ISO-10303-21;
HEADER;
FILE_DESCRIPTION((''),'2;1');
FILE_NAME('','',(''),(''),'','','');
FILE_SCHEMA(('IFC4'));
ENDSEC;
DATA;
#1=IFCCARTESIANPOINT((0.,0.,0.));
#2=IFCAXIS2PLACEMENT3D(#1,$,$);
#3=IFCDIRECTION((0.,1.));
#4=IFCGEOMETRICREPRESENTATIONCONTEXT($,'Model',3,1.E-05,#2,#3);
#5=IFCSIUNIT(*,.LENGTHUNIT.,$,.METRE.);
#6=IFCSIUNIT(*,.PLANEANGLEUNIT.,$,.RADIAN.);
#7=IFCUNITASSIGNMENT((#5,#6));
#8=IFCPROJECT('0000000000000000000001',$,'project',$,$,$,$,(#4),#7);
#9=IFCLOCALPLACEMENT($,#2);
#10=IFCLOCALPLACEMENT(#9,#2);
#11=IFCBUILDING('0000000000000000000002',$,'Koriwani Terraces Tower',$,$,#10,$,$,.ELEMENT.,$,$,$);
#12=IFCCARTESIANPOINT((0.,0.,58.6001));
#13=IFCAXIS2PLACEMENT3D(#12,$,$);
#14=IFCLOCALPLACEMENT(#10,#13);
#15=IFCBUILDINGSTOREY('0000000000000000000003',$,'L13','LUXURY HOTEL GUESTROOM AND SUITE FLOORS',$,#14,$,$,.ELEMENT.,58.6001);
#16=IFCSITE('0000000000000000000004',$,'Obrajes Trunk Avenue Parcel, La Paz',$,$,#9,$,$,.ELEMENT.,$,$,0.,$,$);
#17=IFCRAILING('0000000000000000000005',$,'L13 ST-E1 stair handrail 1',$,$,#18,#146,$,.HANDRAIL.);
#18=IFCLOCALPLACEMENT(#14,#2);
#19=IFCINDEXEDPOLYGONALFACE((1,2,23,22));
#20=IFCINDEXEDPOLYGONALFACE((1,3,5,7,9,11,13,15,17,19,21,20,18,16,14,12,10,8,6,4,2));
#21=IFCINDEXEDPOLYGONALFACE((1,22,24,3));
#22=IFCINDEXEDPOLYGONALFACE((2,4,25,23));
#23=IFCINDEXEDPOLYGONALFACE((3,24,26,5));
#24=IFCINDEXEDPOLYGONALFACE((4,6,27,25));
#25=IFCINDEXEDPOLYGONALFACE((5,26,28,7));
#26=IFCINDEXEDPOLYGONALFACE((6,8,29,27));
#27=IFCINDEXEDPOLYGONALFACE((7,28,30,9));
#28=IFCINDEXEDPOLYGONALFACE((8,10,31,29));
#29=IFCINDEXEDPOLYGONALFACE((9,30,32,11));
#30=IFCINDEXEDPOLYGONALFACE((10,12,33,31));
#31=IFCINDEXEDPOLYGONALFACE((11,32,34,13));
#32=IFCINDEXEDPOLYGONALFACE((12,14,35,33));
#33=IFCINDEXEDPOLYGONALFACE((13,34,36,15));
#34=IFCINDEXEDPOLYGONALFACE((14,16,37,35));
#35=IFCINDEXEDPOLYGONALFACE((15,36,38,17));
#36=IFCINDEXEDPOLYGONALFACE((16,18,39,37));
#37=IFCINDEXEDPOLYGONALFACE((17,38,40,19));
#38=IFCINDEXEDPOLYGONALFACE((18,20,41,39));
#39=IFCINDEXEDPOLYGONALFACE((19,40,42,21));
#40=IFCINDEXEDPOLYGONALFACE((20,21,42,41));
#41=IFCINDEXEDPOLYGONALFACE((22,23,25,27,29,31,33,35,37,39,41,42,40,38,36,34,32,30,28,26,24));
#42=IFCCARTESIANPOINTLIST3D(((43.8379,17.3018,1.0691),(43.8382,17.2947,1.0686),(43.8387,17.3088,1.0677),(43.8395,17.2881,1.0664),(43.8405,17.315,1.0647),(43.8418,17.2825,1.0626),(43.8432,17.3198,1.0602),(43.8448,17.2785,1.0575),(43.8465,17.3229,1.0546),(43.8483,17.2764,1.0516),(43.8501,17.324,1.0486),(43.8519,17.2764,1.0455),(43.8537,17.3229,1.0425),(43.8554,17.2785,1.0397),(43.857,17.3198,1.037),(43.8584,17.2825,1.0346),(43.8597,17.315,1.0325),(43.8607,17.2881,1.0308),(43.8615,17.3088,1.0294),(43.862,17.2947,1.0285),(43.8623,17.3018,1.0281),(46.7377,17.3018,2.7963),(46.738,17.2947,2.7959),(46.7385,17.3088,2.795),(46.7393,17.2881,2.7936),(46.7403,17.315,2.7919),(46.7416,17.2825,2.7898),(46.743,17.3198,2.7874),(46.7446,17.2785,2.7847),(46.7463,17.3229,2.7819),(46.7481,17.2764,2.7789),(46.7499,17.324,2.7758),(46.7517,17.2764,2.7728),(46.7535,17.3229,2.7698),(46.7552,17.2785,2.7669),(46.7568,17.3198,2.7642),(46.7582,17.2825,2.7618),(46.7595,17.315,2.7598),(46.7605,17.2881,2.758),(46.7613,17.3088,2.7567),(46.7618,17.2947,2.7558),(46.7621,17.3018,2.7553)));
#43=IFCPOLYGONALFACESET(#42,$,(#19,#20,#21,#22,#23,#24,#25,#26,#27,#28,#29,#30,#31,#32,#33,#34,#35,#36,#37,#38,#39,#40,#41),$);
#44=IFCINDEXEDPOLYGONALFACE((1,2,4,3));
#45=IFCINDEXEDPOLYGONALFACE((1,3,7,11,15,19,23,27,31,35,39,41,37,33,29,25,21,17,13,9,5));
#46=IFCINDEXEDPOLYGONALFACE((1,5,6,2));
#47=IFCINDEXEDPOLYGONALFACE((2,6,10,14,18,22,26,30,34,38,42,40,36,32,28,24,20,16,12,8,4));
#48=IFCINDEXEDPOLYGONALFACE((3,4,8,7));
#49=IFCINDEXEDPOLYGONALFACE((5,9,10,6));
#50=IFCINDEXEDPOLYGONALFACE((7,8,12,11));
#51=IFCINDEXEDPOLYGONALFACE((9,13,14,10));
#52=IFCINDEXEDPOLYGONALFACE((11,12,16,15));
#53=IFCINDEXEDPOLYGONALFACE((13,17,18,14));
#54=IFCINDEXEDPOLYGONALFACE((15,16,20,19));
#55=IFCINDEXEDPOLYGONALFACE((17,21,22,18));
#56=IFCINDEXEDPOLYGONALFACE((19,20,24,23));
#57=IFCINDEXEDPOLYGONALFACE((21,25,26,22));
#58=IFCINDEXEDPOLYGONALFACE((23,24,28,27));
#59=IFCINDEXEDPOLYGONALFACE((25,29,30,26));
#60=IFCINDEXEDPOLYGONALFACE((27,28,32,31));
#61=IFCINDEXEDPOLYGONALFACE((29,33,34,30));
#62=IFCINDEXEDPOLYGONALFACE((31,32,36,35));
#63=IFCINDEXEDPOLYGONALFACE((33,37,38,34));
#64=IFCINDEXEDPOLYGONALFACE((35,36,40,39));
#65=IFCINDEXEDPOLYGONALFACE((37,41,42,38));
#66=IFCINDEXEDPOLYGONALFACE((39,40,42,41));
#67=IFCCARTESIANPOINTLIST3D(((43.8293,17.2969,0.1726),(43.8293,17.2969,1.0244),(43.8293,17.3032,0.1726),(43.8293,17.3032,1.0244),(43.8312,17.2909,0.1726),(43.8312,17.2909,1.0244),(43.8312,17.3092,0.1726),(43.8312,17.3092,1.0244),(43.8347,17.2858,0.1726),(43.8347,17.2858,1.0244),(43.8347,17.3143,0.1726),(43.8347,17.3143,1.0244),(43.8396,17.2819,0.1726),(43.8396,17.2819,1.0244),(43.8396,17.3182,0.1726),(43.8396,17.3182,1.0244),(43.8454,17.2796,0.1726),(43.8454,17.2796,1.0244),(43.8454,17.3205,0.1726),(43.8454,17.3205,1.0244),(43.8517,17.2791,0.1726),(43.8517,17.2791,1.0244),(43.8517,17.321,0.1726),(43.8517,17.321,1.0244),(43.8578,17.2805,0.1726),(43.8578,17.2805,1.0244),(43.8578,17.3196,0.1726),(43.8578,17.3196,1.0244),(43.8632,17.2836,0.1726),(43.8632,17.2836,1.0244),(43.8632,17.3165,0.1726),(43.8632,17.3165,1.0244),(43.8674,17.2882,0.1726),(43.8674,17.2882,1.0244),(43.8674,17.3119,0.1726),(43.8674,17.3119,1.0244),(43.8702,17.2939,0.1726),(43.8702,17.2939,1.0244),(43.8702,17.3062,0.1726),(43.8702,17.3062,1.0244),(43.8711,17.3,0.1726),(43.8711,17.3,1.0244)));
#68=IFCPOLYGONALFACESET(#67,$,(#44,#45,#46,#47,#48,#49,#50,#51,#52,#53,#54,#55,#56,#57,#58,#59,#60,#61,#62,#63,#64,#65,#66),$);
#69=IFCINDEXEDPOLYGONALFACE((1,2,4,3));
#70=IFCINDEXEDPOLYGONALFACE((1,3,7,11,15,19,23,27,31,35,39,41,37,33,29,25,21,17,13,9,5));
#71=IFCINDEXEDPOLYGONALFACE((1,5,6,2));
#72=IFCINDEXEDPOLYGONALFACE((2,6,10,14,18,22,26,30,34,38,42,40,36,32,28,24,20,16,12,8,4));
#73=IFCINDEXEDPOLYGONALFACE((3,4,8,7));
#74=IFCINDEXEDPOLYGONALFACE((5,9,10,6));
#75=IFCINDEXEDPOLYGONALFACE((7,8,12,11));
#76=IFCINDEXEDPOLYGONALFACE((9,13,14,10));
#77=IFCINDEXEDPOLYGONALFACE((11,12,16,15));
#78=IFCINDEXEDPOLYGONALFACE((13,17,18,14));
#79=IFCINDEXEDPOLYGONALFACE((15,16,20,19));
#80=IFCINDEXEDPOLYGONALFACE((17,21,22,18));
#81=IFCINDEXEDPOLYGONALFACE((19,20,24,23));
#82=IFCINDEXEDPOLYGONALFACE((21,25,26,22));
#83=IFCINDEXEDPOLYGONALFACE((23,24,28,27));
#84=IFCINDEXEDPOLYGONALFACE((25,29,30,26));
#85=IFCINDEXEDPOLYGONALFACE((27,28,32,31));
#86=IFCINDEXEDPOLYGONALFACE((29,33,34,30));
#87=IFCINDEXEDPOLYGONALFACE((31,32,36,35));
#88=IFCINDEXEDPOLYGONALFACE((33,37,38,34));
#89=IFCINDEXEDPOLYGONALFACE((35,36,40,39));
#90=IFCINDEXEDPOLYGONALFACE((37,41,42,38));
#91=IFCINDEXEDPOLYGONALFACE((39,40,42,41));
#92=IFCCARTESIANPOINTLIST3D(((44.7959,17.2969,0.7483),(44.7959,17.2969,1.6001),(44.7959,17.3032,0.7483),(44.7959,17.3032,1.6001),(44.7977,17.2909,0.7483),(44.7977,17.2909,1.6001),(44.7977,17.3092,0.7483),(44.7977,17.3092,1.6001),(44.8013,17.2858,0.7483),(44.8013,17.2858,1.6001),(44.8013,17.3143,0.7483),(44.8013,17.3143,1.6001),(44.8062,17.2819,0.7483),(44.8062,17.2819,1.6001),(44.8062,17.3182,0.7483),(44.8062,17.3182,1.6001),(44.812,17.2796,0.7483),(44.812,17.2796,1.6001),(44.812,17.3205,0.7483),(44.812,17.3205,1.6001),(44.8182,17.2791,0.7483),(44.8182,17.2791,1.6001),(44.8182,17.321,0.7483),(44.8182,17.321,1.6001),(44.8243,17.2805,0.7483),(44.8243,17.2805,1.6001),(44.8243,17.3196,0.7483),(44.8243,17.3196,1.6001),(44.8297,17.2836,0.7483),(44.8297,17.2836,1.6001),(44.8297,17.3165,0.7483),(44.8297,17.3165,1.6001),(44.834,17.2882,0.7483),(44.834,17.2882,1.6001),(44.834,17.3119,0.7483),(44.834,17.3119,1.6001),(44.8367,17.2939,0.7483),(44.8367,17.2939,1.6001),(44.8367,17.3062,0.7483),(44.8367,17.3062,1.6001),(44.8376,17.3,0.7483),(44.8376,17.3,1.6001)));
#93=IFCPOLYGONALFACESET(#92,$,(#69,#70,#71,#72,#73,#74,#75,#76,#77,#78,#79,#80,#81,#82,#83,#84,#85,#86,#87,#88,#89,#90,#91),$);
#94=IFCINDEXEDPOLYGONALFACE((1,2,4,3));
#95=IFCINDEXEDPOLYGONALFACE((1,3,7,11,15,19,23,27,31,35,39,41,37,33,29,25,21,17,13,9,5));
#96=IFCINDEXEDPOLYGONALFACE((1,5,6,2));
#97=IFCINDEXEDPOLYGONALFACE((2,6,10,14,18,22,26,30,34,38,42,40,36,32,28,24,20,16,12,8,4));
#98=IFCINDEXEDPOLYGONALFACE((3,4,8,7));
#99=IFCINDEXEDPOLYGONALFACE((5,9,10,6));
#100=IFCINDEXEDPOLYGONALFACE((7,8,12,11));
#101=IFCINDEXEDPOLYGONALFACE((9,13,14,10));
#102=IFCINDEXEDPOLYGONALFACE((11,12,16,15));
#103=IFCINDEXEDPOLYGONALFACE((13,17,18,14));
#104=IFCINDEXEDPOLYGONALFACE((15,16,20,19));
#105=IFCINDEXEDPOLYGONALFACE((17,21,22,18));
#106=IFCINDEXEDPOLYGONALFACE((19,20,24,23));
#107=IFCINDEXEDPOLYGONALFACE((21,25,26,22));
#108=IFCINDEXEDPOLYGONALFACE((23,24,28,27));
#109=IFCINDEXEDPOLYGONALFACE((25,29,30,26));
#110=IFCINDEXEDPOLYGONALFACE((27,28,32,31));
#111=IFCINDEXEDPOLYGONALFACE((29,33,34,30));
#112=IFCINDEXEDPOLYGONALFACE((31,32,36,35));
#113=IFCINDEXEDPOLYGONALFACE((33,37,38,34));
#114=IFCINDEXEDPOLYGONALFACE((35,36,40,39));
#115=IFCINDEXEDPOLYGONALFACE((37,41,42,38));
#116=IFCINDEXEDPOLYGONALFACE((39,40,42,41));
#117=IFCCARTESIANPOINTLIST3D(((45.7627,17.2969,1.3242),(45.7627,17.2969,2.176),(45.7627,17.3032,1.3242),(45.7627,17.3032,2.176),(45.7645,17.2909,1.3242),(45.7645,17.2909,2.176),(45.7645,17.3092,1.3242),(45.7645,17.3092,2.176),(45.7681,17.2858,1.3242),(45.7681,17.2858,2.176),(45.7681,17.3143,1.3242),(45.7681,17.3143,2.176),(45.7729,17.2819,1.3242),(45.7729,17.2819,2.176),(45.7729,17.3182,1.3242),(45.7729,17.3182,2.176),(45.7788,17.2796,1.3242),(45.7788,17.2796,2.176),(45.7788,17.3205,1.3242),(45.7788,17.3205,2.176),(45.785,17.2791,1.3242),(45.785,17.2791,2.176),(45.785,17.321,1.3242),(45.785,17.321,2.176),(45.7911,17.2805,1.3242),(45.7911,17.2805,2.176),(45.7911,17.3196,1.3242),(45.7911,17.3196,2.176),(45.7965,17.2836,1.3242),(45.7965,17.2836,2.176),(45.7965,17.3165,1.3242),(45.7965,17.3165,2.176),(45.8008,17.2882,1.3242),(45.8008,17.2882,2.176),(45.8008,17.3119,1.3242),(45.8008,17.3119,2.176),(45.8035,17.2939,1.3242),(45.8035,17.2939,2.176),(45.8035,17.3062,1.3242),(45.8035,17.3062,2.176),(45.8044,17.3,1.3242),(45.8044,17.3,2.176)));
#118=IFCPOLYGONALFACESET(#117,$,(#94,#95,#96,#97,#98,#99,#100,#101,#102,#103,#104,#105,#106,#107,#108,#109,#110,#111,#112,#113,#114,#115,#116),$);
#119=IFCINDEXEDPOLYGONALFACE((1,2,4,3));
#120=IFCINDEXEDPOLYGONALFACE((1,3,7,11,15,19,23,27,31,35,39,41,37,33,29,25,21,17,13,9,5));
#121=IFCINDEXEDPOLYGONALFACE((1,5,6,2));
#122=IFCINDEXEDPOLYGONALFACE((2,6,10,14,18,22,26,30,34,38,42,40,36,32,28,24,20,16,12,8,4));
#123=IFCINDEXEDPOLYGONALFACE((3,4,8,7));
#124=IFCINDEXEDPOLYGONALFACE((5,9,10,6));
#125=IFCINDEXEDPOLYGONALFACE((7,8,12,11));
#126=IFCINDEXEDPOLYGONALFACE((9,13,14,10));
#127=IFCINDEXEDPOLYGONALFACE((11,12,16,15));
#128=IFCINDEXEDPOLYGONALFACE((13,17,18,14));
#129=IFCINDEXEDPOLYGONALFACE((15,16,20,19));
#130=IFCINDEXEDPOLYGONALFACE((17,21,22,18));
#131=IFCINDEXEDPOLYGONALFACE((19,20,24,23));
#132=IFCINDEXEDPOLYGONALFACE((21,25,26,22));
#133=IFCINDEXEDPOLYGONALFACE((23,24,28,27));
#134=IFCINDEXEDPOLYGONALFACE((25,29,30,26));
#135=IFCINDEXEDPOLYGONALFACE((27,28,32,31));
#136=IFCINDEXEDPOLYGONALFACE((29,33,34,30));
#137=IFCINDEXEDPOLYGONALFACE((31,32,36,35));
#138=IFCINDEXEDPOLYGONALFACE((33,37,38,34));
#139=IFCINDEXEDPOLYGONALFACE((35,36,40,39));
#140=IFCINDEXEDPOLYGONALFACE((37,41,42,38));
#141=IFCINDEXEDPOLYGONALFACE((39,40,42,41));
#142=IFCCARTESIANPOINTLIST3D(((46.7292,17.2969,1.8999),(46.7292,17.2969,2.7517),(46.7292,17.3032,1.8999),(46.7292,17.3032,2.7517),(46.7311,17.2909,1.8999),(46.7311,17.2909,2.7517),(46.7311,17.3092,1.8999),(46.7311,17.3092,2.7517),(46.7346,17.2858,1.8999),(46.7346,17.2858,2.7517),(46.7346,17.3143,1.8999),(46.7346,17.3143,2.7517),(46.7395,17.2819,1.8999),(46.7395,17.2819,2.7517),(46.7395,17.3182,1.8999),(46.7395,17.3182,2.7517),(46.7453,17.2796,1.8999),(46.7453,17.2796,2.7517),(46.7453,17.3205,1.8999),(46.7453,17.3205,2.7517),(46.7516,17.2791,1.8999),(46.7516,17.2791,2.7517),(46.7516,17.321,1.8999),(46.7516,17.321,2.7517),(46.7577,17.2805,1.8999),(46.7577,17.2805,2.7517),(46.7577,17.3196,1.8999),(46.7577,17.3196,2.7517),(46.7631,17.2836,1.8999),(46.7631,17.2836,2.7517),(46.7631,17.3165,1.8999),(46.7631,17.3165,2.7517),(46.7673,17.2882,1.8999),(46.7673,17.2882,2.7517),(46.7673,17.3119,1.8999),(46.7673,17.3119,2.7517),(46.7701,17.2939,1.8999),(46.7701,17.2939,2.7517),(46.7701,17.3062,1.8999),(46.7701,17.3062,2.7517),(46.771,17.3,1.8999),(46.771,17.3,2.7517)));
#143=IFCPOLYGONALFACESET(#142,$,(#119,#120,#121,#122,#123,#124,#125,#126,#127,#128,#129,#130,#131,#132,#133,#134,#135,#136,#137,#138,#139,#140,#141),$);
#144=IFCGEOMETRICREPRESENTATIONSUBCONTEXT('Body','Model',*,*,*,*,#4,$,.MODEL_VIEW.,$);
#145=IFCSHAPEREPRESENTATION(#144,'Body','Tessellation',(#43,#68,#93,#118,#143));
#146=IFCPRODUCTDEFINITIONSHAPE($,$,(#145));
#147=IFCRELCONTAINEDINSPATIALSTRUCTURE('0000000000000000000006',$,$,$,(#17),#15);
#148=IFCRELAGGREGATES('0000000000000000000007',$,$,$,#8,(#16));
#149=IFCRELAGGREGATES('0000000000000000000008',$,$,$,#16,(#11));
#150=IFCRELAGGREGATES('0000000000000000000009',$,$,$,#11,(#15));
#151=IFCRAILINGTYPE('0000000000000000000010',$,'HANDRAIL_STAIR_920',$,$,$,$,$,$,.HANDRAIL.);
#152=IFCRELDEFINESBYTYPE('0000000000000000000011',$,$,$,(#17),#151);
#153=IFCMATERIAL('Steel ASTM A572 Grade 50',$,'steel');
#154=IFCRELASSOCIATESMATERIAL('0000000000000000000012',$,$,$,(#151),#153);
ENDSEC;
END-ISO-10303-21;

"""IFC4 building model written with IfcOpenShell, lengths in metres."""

from ifc_helpers import new_model, si_unit, direction, frame, origin, origin_2d, place, context, subcontext, project, spatial, circle, extrude, material, type_object, element, save


model = new_model("IFC4")

# Units and contexts
model_context = context("Model", 3, precision=1e-05, world=origin(), true_north=direction((0.0, 1.0)))
body_context = subcontext(model_context, "Body", "Model", "MODEL_VIEW")
ifc_project = project(units=[si_unit("LENGTHUNIT", "METRE"), si_unit("PLANEANGLEUNIT", "RADIAN")], contexts=[model_context])

# Site, building, storey
site_placement = place(None, origin())
site = spatial("IfcSite", under=ifc_project, at=site_placement, Name="Obrajes Trunk Avenue Parcel, La Paz", CompositionType="ELEMENT", RefElevation=0.0)
building_placement = place(site_placement, origin())
building = spatial("IfcBuilding", under=site, at=building_placement, Name="Koriwani Terraces Tower", CompositionType="ELEMENT")
storey_placement = place(building_placement, frame((0.0, 0.0, 58.6001)))
storey = spatial("IfcBuildingStorey", under=building, at=storey_placement, Name="L13", Description="LUXURY HOTEL GUESTROOM AND SUITE FLOORS", CompositionType="ELEMENT", Elevation=58.6001)

# Shared definitions
ifc_material_1 = material(Name="Steel ASTM A572 Grade 50", Category="steel")

# Railing
railing_type = type_object("IfcRailingType", Name="HANDRAIL_STAIR_920", PredefinedType="HANDRAIL", material=ifc_material_1)
for number, where, name in (
    (1, (43.8501, 17.3, 0.1726), "L13 ST-E1 stair handrail 1"),
):
    element("IfcRailing", number, at=place(storey_placement, frame(where)), inside=storey, type_object=railing_type, Name=name, PredefinedType="HANDRAIL", context=body_context, shape_type="SweptSolid", body=[
        extrude(circle(Radius=0.0239, at=origin_2d()), frame((0.0, 0.0, 0.876), z_axis=(0.859141, 0.0, 0.511738), x_axis=(0.0, 1.0, 0.0)), (0.0, 0.0, 1.0), 3.3752),
        extrude(circle(Radius=0.021, at=origin_2d()), origin(), (0.0, 0.0, 1.0), 0.8518),
        extrude(circle(Radius=0.021, at=origin_2d()), frame((0.9666, 0.0, 0.5757)), (0.0, 0.0, 1.0), 0.8518),
        extrude(circle(Radius=0.021, at=origin_2d()), frame((1.9333, 0.0, 1.1516)), (0.0, 0.0, 1.0), 0.8518),
        extrude(circle(Radius=0.021, at=origin_2d()), frame((2.8999, 0.0, 1.7273)), (0.0, 0.0, 1.0), 0.8518),
    ])

save(model, "model.ifc")
